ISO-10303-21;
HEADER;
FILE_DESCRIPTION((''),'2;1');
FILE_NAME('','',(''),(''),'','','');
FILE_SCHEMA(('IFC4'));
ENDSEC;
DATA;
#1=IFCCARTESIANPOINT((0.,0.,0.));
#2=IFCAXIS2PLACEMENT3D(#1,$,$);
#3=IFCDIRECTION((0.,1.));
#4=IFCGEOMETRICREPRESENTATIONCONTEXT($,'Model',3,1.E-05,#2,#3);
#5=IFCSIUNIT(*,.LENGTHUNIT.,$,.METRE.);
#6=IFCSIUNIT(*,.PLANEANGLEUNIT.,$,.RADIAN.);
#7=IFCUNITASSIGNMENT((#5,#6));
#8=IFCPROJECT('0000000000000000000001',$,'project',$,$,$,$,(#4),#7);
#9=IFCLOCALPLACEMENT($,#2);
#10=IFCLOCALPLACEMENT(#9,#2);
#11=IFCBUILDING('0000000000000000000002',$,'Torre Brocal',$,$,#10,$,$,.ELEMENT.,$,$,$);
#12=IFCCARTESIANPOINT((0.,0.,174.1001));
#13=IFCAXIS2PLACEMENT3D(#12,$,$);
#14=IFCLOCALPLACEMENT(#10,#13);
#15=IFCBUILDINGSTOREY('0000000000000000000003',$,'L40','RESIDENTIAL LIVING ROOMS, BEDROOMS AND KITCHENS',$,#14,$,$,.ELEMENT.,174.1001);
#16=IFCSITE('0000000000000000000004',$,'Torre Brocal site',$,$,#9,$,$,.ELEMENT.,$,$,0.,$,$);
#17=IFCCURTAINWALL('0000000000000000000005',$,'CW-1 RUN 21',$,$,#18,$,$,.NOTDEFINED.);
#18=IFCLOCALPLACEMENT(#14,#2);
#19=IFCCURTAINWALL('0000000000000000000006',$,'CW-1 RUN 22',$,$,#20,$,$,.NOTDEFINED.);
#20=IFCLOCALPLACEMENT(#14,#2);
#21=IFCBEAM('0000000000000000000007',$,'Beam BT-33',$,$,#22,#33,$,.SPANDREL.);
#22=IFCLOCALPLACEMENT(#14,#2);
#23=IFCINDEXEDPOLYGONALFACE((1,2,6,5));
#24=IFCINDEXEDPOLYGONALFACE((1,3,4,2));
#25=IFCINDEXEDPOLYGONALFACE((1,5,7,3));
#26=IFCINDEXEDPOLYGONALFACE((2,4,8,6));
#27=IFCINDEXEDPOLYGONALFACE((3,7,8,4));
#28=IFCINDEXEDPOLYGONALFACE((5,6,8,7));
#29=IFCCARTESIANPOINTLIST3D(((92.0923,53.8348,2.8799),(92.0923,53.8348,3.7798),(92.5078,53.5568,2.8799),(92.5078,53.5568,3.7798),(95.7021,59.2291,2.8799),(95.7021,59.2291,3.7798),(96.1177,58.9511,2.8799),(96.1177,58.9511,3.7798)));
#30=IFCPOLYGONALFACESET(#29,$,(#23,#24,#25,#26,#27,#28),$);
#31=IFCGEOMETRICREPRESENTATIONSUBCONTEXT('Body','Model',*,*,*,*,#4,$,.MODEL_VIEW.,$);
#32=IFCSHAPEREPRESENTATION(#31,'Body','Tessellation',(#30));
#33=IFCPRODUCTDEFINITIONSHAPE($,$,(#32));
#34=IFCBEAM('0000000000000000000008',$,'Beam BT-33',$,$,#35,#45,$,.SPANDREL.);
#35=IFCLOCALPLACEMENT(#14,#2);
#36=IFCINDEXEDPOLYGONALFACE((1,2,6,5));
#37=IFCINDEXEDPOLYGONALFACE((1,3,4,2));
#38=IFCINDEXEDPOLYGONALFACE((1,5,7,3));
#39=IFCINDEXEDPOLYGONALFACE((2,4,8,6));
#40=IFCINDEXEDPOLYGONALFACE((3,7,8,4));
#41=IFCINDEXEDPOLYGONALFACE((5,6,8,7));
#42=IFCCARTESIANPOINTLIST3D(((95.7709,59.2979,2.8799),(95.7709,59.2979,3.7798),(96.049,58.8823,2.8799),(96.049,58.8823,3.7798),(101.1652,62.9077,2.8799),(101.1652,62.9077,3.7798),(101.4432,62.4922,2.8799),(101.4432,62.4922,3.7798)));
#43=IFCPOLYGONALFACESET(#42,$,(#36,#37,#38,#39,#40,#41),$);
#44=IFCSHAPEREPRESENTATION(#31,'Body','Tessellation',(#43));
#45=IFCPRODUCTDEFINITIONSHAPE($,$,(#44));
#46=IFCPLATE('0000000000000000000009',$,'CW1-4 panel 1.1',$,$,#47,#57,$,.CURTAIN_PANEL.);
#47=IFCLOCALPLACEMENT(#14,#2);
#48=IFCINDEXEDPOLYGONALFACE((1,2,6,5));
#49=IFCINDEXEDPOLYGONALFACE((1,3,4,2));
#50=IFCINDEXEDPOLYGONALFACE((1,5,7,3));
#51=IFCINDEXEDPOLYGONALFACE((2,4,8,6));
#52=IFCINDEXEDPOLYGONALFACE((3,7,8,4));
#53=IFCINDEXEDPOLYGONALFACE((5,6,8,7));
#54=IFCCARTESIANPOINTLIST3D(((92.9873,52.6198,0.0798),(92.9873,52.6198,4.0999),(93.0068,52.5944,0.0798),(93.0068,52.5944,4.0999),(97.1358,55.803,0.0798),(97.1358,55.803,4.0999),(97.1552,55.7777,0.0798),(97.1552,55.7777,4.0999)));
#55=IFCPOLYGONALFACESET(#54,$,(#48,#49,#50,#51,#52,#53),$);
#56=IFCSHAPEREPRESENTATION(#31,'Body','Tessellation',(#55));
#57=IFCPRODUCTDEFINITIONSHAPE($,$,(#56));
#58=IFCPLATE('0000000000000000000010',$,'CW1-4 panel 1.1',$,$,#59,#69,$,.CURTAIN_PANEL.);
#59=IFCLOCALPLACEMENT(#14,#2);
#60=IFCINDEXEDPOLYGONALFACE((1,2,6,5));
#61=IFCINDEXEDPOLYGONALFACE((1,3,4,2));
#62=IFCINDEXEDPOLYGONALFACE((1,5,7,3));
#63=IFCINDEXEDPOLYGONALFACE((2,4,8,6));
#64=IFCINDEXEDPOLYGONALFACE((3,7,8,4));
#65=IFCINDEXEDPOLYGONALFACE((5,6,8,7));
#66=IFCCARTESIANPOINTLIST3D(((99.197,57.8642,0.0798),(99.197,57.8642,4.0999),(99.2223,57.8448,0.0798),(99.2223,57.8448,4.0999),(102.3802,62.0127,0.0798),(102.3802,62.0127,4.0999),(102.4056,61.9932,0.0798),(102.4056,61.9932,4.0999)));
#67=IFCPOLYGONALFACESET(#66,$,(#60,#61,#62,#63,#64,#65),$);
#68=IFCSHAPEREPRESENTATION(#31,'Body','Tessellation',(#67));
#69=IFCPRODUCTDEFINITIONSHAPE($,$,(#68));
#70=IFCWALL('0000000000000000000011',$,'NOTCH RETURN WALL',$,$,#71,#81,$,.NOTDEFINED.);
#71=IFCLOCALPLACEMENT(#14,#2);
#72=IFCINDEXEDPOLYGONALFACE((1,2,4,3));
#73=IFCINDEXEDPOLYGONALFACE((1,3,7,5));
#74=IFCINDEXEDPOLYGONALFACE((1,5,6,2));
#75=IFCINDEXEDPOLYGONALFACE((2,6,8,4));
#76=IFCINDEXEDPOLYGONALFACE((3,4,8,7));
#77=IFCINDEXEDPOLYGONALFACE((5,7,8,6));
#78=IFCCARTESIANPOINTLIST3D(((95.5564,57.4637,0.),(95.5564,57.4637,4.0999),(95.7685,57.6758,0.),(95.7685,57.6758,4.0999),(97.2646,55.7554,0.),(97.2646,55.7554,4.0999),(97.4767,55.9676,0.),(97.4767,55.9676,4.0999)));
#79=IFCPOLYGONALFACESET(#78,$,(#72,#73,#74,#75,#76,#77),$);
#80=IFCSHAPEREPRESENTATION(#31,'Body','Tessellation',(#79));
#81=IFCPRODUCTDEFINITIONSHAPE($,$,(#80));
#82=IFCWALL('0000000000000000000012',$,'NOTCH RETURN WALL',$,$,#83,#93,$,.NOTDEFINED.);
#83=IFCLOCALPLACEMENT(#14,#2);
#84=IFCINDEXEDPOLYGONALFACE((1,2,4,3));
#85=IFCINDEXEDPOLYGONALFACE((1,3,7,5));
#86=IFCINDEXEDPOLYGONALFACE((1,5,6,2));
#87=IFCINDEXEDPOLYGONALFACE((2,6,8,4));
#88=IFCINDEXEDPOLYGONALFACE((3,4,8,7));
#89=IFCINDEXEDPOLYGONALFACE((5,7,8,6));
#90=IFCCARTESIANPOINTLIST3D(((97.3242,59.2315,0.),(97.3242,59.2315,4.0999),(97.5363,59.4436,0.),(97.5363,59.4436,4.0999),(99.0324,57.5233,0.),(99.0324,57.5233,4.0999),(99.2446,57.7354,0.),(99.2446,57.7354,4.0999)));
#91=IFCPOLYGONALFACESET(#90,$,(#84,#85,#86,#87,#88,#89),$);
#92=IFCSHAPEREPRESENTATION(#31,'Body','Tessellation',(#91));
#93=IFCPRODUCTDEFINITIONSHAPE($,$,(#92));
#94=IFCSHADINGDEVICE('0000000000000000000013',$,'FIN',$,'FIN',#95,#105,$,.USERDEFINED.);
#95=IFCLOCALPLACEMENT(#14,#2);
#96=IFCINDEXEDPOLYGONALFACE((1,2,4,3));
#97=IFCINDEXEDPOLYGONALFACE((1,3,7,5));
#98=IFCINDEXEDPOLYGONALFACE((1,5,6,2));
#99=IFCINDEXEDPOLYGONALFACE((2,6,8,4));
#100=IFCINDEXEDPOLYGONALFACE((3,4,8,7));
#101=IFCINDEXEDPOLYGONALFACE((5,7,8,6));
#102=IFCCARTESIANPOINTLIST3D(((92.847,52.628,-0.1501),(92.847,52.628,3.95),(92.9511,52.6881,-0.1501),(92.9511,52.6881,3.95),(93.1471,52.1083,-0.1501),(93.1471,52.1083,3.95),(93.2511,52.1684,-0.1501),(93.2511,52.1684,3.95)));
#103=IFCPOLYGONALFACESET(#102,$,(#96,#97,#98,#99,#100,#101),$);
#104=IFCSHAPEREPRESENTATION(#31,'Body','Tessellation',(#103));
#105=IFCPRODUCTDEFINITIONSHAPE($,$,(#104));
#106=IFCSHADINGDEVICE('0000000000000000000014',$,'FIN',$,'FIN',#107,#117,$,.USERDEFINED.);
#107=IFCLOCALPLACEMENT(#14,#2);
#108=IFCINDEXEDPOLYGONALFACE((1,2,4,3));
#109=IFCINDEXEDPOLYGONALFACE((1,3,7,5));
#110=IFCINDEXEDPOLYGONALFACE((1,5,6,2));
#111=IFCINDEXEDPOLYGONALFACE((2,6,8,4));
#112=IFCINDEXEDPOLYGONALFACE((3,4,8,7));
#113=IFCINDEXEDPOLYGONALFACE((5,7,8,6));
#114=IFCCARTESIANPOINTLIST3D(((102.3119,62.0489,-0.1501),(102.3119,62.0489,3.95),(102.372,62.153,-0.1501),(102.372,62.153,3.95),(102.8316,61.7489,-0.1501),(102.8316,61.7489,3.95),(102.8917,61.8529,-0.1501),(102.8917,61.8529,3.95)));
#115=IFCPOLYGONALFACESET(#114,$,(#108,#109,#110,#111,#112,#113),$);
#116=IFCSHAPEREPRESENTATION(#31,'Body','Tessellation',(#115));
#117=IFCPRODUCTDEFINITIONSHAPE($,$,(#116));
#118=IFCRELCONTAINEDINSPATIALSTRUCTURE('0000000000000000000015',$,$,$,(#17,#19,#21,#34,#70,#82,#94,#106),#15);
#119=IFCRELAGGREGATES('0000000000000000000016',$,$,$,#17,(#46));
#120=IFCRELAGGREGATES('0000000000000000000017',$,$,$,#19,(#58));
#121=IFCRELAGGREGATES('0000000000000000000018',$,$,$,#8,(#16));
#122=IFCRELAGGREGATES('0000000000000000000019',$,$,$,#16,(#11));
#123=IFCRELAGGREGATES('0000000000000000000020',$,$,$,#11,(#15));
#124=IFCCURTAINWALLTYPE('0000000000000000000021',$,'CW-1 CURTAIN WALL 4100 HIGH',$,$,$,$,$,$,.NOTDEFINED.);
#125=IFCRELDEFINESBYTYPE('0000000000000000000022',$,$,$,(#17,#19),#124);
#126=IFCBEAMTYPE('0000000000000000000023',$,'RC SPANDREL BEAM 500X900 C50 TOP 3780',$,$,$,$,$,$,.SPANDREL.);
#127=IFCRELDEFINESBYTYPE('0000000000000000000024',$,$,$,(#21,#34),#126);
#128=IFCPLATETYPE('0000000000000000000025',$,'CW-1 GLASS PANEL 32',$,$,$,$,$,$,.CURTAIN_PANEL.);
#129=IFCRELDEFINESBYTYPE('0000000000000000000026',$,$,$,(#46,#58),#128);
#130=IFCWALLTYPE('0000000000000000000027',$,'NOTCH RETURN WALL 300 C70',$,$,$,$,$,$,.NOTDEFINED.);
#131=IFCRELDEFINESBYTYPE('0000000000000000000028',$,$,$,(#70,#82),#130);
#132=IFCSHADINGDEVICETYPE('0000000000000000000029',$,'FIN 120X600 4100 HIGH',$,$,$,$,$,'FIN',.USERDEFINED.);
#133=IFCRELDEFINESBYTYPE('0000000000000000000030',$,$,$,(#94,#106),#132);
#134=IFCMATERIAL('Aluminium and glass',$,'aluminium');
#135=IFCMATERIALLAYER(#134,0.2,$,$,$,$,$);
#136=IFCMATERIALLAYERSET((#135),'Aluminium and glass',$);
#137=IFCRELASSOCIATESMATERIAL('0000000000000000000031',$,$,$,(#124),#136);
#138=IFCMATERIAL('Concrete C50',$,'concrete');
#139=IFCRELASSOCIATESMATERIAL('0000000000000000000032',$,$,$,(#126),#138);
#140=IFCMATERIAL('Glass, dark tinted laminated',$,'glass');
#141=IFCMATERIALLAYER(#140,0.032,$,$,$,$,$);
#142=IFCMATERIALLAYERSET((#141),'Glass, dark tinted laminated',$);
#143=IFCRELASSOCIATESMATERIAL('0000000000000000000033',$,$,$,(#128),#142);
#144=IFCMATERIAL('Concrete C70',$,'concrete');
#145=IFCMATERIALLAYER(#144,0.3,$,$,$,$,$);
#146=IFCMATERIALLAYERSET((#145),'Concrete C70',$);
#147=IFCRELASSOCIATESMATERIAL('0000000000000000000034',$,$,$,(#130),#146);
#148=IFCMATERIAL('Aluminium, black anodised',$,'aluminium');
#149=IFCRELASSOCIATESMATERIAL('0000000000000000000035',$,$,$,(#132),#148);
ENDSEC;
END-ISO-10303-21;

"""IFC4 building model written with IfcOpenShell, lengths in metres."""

from ifc_helpers import new_model, si_unit, direction, frame, frame_2d, origin, origin_2d, place, context, subcontext, project, spatial, rectangle, extrude, material, layer, layer_set, material_profile, profile_set, type_object, element, aggregate, save


model = new_model("IFC4")

# Units and contexts
model_context = context("Model", 3, precision=1e-05, world=origin(), true_north=direction((0.0, 1.0)))
body_context = subcontext(model_context, "Body", "Model", "MODEL_VIEW")
ifc_project = project(units=[si_unit("LENGTHUNIT", "METRE"), si_unit("PLANEANGLEUNIT", "RADIAN")], contexts=[model_context])

# Site, building, storey
site_placement = place(None, origin())
site = spatial("IfcSite", under=ifc_project, at=site_placement, Name="Torre Brocal site", CompositionType="ELEMENT", RefElevation=0.0)
building_placement = place(site_placement, origin())
building = spatial("IfcBuilding", under=site, at=building_placement, Name="Torre Brocal", CompositionType="ELEMENT")
storey_placement = place(building_placement, frame((0.0, 0.0, 174.1001)))
storey = spatial("IfcBuildingStorey", under=building, at=storey_placement, Name="L40", Description="RESIDENTIAL LIVING ROOMS, BEDROOMS AND KITCHENS", CompositionType="ELEMENT", Elevation=174.1001)

# Shared definitions
ifc_material_1 = material(Name="Aluminium and glass", Category="aluminium")
ifc_layer_1 = layer(ifc_material_1, 0.2)
ifc_layer_set_1 = layer_set([ifc_layer_1], Name="Aluminium and glass")
curtain_wall_type = type_object("IfcCurtainWallType", Name="CW-1 CURTAIN WALL 4100 HIGH", PredefinedType="NOTDEFINED", material=ifc_layer_set_1)

# Curtain walls
curtain_wall_1_placement = place(storey_placement, origin())
curtain_wall_1 = element("IfcCurtainWall", 1, at=curtain_wall_1_placement, inside=storey, type_object=curtain_wall_type, Name="CW-1 RUN 21", PredefinedType="NOTDEFINED")
curtain_wall_2_placement = place(storey_placement, origin())
curtain_wall_2 = element("IfcCurtainWall", 2, at=curtain_wall_2_placement, inside=storey, type_object=curtain_wall_type, Name="CW-1 RUN 22", PredefinedType="NOTDEFINED")

# Beams
ifc_material_2 = material(Name="Concrete C50", Category="concrete")
ifc_material_profile_1 = material_profile(ifc_material_2, rectangle(XDim=0.5, YDim=0.8999, at=origin_2d()), Name="RC 500X900")
ifc_profile_set_1 = profile_set([ifc_material_profile_1], Name="Concrete C50")
beam_type_1 = type_object("IfcBeamType", Name="RC SPANDREL BEAM 500X900 C50 TOP 3780", PredefinedType="SPANDREL", material=ifc_profile_set_1)
for number, where, z_axis, x_axis, name in (
    (3, (92.3, 53.6958, 3.3298), (0.556158, 0.831077, 0.0), (-0.831077, 0.556158, 0.0), "Beam BT-33"),
    (4, (95.9099, 59.0901, 3.3298), (0.831077, 0.556158, 0.0), (-0.556158, 0.831077, 0.0), "Beam BT-33"),
):
    element("IfcBeam", number, at=place(storey_placement, frame(where, z_axis=z_axis, x_axis=x_axis)), inside=storey, type_object=beam_type_1, Name=name, PredefinedType="SPANDREL", context=body_context, shape_type="SweptSolid", body=[
        extrude(rectangle(XDim=0.5, YDim=0.8999, at=origin_2d()), origin(), (0.0, 0.0, 1.0), 6.4907),
    ])

# Plates
ifc_material_3 = material(Name="Glass, dark tinted laminated", Category="glass")
ifc_layer_2 = layer(ifc_material_3, 0.032)
ifc_layer_set_2 = layer_set([ifc_layer_2], Name="Glass, dark tinted laminated")
plate_type = type_object("IfcPlateType", Name="CW-1 GLASS PANEL 32", PredefinedType="CURTAIN_PANEL", material=ifc_layer_set_2)
plate_1_placement = place(storey_placement, frame((95.0713, 54.1987, 0.0798), z_axis=(0.0, 0.0, 1.0), x_axis=(0.793353, 0.608761, 0.0)))
plate_1 = element("IfcPlate", 5, at=plate_1_placement, type_object=plate_type, Name="CW1-4 panel 1.1", PredefinedType="CURTAIN_PANEL", context=body_context, shape_type="SweptSolid", body=[
    extrude(rectangle(XDim=5.229, YDim=0.032, at=origin_2d()), origin(), (0.0, 0.0, 1.0), 4.02),
])
aggregate(curtain_wall_1, [plate_1])
plate_2_placement = place(storey_placement, frame((100.8013, 59.9287, 0.0798), z_axis=(0.0, 0.0, 1.0), x_axis=(0.608761, 0.793353, 0.0)))
plate_2 = element("IfcPlate", 6, at=plate_2_placement, type_object=plate_type, Name="CW1-4 panel 1.1", PredefinedType="CURTAIN_PANEL", context=body_context, shape_type="SweptSolid", body=[
    extrude(rectangle(XDim=5.229, YDim=0.032, at=origin_2d()), origin(), (0.0, 0.0, 1.0), 4.02),
])
aggregate(curtain_wall_2, [plate_2])

# Walls
ifc_material_4 = material(Name="Concrete C70", Category="concrete")
ifc_layer_3 = layer(ifc_material_4, 0.3)
ifc_layer_set_3 = layer_set([ifc_layer_3], Name="Concrete C70")
wall_type = type_object("IfcWallType", Name="NOTCH RETURN WALL 300 C70", PredefinedType="NOTDEFINED", material=ifc_layer_set_3)
for number, where, z_axis, x_axis, name in (
    (7, (95.6624, 57.5698, 0.0), (0.0, 0.0, 1.0), (0.707107, -0.707107, 0.0), "NOTCH RETURN WALL"),
    (8, (97.4302, 59.3376, 0.0), (0.0, 0.0, 1.0), (0.707107, -0.707107, 0.0), "NOTCH RETURN WALL"),
):
    element("IfcWall", number, at=place(storey_placement, frame(where, z_axis=z_axis, x_axis=x_axis)), inside=storey, type_object=wall_type, Name=name, PredefinedType="NOTDEFINED", context=body_context, shape_type="SweptSolid", body=[
        extrude(rectangle(XDim=2.4158, YDim=0.3, at=frame_2d((1.208, 0.0))), origin(), (0.0, 0.0, 1.0), 4.0999),
    ])

# Shading devices
ifc_material_5 = material(Name="Aluminium, black anodised", Category="aluminium")
ifc_material_profile_2 = material_profile(ifc_material_5, rectangle(XDim=0.1201, YDim=0.6001, at=origin_2d()), Name="FIN 120X600 4100 HIGH")
ifc_profile_set_2 = profile_set([ifc_material_profile_2], Name="Aluminium, black anodised")
shading_device_type = type_object("IfcShadingDeviceType", Name="FIN 120X600 4100 HIGH", ElementType="FIN", PredefinedType="USERDEFINED", material=ifc_profile_set_2)
for number, where, z_axis, x_axis, name in (
    (9, (93.0491, 52.3982, -0.1501), (0.0, 0.0, 1.0), (0.866025, 0.5, 0.0), "FIN"),
    (10, (102.6018, 61.9509, -0.1501), (0.0, 0.0, 1.0), (0.5, 0.866025, 0.0), "FIN"),
):
    element("IfcShadingDevice", number, at=place(storey_placement, frame(where, z_axis=z_axis, x_axis=x_axis)), inside=storey, type_object=shading_device_type, Name=name, ObjectType="FIN", PredefinedType="USERDEFINED", context=body_context, shape_type="SweptSolid", body=[
        extrude(rectangle(XDim=0.1201, YDim=0.6001, at=origin_2d()), origin(), (0.0, 0.0, 1.0), 4.1001),
    ])

save(model, "model.ifc")
